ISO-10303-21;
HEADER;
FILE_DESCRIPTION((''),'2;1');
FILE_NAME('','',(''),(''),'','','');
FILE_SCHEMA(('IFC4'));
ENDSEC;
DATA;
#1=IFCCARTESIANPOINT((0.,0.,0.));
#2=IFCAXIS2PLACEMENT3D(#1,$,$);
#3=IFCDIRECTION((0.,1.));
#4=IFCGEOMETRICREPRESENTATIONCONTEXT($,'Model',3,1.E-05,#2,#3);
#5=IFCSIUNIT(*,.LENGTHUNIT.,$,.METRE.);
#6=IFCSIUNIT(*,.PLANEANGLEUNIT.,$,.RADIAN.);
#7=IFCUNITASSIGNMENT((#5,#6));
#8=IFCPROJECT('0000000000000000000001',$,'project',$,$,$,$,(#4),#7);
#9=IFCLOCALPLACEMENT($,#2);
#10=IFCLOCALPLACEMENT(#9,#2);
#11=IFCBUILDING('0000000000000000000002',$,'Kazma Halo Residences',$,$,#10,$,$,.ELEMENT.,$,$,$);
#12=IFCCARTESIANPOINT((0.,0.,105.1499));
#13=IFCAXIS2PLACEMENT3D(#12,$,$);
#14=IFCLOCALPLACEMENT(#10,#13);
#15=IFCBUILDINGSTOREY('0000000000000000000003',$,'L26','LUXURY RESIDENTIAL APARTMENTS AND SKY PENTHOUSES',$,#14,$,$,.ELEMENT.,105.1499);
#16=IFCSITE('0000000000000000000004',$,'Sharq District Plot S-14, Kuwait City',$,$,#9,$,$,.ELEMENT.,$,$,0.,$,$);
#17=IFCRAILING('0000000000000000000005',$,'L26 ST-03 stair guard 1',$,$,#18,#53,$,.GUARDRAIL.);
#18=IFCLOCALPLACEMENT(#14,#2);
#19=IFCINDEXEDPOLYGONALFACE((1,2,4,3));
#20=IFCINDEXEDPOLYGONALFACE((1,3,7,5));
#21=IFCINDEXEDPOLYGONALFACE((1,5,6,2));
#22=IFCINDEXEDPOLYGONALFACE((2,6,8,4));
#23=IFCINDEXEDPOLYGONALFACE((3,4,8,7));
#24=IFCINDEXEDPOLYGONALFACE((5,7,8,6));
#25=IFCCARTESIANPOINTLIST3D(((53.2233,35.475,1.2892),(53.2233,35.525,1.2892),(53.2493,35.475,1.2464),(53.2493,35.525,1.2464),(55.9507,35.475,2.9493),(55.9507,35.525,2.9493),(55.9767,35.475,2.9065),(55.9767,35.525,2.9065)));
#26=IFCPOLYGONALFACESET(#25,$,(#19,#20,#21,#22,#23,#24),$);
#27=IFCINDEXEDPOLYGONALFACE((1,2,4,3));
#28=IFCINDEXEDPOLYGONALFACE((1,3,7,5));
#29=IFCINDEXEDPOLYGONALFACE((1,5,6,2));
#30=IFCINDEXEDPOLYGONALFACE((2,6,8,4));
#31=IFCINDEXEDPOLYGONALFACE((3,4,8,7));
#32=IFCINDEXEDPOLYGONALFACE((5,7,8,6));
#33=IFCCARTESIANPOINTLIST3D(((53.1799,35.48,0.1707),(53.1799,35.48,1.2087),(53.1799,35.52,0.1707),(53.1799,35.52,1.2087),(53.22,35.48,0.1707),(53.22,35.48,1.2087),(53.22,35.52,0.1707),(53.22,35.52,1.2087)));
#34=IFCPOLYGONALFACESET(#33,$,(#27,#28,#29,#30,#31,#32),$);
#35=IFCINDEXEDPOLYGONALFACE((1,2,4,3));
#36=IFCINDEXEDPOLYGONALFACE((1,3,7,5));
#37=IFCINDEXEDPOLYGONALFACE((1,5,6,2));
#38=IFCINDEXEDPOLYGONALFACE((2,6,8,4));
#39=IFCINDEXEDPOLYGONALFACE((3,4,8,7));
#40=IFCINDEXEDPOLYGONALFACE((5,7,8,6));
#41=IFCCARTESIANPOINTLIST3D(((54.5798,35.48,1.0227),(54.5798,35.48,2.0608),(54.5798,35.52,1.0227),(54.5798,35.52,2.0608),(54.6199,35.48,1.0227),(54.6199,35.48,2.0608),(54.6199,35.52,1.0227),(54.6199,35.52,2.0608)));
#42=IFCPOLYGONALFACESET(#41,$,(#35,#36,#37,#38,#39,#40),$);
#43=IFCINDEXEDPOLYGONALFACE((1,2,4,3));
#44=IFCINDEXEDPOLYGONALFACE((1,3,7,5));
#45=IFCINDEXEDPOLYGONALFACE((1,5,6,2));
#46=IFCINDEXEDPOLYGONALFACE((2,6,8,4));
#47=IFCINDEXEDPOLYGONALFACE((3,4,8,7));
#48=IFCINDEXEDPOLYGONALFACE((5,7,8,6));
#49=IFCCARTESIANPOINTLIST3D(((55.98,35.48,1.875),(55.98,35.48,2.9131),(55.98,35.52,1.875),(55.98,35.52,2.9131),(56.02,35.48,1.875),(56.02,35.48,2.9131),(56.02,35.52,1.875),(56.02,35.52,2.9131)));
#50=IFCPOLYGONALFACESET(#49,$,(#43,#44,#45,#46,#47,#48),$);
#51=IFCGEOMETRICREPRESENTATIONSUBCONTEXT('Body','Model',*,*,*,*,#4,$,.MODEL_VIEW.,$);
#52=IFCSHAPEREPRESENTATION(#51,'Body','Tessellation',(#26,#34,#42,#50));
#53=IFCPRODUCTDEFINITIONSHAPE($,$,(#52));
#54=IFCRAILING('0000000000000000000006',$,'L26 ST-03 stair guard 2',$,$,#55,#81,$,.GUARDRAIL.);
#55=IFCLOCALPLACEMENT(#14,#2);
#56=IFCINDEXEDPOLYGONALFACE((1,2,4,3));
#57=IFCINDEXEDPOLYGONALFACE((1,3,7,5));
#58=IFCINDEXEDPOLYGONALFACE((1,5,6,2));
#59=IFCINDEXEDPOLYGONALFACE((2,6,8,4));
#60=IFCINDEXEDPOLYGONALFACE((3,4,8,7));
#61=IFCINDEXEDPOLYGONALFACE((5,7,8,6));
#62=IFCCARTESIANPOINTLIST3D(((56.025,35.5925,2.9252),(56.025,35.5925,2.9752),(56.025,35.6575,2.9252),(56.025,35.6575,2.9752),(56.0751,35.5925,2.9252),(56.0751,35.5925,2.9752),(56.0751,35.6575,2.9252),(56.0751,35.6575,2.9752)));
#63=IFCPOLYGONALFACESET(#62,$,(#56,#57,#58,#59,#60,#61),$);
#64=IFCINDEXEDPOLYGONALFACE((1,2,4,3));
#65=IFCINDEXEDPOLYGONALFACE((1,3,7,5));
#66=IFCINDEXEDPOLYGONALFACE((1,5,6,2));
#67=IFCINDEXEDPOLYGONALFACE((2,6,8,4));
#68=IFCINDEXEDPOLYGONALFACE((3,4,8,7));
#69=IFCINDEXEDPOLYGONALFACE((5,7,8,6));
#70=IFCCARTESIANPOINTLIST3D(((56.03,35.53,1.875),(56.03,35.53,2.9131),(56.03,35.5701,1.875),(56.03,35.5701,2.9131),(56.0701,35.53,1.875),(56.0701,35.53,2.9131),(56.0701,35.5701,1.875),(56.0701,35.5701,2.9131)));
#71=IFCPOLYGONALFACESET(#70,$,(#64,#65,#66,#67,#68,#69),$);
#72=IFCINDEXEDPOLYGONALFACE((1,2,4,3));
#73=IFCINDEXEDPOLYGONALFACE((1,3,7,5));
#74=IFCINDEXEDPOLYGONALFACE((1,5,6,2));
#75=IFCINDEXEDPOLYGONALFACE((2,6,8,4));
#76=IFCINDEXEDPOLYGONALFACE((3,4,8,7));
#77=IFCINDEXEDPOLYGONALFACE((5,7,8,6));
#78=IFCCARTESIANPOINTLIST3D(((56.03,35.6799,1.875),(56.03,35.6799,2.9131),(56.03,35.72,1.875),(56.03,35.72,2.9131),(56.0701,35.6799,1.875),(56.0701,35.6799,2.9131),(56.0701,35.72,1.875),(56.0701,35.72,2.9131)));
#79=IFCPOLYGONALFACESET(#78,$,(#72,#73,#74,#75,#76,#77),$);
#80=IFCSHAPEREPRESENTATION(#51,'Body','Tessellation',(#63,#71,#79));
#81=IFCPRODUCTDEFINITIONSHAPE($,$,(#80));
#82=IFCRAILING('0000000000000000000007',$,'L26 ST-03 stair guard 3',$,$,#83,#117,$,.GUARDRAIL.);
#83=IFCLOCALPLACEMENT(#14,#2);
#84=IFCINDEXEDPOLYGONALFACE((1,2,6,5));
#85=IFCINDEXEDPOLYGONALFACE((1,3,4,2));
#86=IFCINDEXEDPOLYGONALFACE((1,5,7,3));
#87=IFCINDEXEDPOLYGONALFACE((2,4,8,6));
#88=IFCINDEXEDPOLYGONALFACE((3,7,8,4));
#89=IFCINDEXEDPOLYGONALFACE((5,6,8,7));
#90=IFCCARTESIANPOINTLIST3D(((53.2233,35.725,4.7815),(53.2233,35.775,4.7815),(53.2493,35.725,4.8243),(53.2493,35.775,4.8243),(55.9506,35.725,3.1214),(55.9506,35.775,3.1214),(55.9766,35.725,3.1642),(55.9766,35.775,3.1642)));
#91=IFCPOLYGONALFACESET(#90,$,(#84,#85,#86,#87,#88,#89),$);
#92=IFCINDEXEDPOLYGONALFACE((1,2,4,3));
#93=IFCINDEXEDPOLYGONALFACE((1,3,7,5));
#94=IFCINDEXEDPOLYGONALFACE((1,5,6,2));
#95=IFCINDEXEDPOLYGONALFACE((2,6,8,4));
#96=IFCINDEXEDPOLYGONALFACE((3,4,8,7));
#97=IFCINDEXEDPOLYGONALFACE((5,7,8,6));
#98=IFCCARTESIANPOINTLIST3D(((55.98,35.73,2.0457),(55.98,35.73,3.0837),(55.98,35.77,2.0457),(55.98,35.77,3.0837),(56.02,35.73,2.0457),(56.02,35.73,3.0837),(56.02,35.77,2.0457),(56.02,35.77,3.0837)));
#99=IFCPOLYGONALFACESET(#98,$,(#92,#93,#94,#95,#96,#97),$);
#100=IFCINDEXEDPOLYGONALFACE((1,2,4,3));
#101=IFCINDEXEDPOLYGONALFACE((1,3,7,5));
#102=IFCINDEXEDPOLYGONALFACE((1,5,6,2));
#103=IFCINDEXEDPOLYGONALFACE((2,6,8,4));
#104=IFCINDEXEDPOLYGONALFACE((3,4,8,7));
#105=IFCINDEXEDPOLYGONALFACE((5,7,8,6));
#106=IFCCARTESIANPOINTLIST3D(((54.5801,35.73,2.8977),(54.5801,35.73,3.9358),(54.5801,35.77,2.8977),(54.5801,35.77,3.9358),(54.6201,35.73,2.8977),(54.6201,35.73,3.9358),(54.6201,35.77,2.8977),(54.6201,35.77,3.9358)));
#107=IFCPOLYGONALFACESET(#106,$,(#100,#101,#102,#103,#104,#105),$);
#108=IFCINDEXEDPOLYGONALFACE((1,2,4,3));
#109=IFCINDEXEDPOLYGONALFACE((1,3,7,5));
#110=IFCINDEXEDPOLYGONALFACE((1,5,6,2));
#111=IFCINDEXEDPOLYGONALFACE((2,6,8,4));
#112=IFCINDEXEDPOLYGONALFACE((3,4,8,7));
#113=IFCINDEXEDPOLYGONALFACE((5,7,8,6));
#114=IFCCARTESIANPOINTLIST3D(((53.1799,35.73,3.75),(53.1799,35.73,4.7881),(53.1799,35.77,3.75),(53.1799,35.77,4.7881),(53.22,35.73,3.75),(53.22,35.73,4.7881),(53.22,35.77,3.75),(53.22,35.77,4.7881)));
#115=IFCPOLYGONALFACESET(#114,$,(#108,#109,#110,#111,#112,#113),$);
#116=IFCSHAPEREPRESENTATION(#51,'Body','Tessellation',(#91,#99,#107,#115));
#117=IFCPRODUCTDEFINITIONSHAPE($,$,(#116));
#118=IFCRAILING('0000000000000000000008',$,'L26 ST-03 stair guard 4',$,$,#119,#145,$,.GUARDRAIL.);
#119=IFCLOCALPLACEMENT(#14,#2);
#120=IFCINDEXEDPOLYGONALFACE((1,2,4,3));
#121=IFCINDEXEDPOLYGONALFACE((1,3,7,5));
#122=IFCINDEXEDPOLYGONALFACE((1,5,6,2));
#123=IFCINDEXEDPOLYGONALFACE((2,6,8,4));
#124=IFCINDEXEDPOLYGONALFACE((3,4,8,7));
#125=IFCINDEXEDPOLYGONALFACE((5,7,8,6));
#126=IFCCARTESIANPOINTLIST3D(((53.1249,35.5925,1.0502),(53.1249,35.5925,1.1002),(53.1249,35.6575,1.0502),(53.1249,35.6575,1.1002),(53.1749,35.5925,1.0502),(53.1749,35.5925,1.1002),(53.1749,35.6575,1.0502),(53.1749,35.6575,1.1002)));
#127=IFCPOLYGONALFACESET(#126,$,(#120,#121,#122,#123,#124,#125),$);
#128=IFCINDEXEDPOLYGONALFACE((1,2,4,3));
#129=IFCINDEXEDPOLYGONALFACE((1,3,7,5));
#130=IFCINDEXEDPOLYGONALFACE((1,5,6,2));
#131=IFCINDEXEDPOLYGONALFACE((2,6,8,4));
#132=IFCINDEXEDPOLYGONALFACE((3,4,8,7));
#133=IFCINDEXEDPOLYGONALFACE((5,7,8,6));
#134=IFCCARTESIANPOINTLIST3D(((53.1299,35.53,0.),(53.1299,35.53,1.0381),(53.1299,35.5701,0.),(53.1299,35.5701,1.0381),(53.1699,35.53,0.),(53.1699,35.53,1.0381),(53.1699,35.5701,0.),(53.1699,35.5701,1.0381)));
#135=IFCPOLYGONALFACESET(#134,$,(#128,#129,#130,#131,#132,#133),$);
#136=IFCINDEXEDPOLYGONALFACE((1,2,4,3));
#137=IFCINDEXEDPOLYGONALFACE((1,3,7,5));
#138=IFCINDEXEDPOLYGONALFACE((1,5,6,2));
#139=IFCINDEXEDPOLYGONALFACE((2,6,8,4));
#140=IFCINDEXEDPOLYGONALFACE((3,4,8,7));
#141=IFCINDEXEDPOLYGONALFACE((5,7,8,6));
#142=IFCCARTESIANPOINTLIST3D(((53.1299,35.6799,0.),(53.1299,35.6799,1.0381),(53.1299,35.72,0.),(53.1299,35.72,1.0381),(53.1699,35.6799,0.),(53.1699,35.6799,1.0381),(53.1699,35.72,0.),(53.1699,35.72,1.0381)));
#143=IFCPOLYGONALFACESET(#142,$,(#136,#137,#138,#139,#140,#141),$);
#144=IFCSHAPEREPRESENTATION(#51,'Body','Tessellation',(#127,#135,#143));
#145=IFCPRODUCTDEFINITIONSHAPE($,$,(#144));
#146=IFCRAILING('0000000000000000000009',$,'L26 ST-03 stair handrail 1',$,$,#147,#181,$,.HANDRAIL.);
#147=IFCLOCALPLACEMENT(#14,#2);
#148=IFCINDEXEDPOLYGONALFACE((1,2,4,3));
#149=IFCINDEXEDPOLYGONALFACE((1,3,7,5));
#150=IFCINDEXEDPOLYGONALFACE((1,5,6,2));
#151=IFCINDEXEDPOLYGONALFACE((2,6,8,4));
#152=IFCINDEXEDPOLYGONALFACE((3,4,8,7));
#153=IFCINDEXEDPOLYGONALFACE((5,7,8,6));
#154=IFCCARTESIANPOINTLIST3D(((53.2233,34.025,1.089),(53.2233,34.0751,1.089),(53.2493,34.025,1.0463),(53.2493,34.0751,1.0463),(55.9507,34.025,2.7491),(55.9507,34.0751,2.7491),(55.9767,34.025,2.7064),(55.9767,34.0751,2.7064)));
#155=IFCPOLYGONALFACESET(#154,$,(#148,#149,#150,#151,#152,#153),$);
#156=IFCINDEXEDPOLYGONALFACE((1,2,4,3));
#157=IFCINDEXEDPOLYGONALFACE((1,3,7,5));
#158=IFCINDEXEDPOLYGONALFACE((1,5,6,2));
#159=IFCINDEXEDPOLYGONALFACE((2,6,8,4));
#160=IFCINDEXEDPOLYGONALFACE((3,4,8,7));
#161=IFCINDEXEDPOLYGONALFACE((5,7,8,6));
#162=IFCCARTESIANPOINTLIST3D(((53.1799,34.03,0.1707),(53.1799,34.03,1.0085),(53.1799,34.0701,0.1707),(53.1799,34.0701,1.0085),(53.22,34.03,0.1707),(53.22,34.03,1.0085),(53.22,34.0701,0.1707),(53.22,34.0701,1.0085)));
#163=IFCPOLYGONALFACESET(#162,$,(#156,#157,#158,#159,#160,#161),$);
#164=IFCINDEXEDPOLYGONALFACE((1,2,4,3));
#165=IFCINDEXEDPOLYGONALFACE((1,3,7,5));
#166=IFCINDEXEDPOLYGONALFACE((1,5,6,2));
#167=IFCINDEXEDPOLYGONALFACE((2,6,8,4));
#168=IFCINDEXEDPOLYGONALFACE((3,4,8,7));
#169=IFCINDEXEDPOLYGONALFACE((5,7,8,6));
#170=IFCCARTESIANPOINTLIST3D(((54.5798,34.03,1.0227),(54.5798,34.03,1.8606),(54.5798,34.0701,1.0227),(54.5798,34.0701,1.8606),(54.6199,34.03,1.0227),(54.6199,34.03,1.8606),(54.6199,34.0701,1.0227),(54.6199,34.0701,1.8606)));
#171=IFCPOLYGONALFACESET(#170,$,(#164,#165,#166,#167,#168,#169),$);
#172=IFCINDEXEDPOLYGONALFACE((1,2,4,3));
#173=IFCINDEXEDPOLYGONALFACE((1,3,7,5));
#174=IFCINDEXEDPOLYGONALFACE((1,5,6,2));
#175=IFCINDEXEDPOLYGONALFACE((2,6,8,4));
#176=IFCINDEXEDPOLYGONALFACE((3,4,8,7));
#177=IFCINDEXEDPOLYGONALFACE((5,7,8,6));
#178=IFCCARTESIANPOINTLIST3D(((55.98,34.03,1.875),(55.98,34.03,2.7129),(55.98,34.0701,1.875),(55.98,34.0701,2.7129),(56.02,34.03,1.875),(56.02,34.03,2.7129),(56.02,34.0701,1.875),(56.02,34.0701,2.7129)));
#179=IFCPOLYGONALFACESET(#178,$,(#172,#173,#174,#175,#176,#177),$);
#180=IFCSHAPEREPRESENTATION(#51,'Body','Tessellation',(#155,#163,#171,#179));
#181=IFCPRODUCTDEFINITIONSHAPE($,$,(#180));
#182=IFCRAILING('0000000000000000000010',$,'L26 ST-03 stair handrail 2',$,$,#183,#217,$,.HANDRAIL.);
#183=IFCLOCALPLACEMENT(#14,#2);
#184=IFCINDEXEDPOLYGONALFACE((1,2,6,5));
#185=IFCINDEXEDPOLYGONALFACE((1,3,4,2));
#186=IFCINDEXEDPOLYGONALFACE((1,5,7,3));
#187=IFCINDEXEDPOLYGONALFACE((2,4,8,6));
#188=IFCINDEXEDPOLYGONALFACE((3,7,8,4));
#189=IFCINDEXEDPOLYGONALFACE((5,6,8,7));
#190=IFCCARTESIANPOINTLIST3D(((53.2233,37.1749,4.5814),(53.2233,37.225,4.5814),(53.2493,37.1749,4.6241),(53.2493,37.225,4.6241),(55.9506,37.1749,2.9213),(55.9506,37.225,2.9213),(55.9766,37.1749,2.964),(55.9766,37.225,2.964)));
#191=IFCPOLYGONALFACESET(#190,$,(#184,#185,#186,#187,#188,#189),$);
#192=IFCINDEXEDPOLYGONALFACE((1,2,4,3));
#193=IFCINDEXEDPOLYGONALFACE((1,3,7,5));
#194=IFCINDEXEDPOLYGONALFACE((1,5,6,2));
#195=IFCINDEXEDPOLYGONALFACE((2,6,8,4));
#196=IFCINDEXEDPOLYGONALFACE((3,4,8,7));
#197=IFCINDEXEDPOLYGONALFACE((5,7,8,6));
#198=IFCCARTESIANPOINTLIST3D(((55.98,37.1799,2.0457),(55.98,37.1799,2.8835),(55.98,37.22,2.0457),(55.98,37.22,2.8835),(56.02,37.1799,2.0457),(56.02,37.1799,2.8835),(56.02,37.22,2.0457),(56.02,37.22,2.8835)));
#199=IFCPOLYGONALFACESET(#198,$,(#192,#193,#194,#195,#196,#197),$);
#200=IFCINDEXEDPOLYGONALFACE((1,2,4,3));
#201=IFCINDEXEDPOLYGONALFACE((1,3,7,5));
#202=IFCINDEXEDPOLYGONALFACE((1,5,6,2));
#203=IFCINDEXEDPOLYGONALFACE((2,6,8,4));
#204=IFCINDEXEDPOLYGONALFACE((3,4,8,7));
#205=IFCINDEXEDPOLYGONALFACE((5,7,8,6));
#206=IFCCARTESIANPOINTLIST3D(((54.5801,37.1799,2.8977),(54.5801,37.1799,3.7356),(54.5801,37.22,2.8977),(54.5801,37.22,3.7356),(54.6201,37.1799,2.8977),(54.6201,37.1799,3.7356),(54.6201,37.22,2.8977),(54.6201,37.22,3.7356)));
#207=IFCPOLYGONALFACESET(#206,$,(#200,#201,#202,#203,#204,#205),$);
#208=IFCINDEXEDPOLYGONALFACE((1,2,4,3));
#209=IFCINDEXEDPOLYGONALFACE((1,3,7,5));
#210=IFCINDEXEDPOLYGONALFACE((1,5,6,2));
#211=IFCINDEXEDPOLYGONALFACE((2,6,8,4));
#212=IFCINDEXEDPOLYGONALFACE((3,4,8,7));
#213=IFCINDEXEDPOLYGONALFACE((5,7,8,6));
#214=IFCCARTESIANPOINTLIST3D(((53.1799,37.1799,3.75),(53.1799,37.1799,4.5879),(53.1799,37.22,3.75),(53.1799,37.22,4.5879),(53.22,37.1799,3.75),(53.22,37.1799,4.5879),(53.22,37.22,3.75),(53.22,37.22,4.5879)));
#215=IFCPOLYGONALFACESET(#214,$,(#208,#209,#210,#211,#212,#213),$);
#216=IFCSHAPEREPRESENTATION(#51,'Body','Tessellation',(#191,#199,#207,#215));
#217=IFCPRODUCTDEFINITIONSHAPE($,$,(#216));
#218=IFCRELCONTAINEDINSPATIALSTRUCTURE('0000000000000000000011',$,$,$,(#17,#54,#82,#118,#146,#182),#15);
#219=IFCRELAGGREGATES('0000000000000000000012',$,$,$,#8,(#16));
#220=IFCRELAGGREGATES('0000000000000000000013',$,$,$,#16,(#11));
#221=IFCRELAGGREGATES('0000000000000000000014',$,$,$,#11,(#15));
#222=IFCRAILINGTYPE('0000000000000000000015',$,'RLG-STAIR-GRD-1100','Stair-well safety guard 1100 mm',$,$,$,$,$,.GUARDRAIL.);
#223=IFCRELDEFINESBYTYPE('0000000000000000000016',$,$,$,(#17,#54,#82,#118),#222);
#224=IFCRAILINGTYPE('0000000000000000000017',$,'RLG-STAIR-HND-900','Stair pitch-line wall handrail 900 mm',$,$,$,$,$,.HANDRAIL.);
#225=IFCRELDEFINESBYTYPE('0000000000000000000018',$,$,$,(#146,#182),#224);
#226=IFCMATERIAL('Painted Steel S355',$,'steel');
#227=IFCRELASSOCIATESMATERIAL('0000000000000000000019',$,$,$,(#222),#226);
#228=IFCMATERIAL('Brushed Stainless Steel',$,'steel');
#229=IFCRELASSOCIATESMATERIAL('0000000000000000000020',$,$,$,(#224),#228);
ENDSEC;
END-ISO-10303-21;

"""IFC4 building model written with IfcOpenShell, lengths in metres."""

from ifc_helpers import new_model, si_unit, direction, frame, origin, origin_2d, place, context, subcontext, project, spatial, rectangle, extrude, material, type_object, element, save


model = new_model("IFC4")

# Units and contexts
model_context = context("Model", 3, precision=1e-05, world=origin(), true_north=direction((0.0, 1.0)))
body_context = subcontext(model_context, "Body", "Model", "MODEL_VIEW")
ifc_project = project(units=[si_unit("LENGTHUNIT", "METRE"), si_unit("PLANEANGLEUNIT", "RADIAN")], contexts=[model_context])

# Site, building, storey
site_placement = place(None, origin())
site = spatial("IfcSite", under=ifc_project, at=site_placement, Name="Sharq District Plot S-14, Kuwait City", CompositionType="ELEMENT", RefElevation=0.0)
building_placement = place(site_placement, origin())
building = spatial("IfcBuilding", under=site, at=building_placement, Name="Kazma Halo Residences", CompositionType="ELEMENT")
storey_placement = place(building_placement, frame((0.0, 0.0, 105.1499)))
storey = spatial("IfcBuildingStorey", under=building, at=storey_placement, Name="L26", Description="LUXURY RESIDENTIAL APARTMENTS AND SKY PENTHOUSES", CompositionType="ELEMENT", Elevation=105.1499)

# Railings
ifc_material_1 = material(Name="Painted Steel S355", Category="steel")
railing_type_1 = type_object("IfcRailingType", Name="RLG-STAIR-GRD-1100", Description="Stair-well safety guard 1100 mm", PredefinedType="GUARDRAIL", material=ifc_material_1)
railing_1_placement = place(storey_placement, frame((53.2, 35.5, 0.1707)))
element("IfcRailing", 1, at=railing_1_placement, inside=storey, type_object=railing_type_1, Name="L26 ST-03 stair guard 1", PredefinedType="GUARDRAIL", context=body_context, shape_type="SweptSolid", body=[
    extrude(rectangle(XDim=0.05, YDim=0.05, at=origin_2d()), frame((0.0364, 0.0, 1.0972), z_axis=(0.854203, 0.0, 0.51994), x_axis=(0.0, 1.0, 0.0)), (0.0, 0.0, 1.0), 3.1929),
    extrude(rectangle(XDim=0.04, YDim=0.04, at=origin_2d()), origin(), (0.0, 0.0, 1.0), 1.0381),
    extrude(rectangle(XDim=0.04, YDim=0.04, at=origin_2d()), frame((1.3999, 0.0, 0.8521)), (0.0, 0.0, 1.0), 1.0381),
    extrude(rectangle(XDim=0.04, YDim=0.04, at=origin_2d()), frame((2.8, 0.0, 1.7043)), (0.0, 0.0, 1.0), 1.0381),
])
railing_2_placement = place(storey_placement, frame((56.05, 35.55, 1.875)))
element("IfcRailing", 2, at=railing_2_placement, inside=storey, type_object=railing_type_1, Name="L26 ST-03 stair guard 2", PredefinedType="GUARDRAIL", context=body_context, shape_type="SweptSolid", body=[
    extrude(rectangle(XDim=0.05, YDim=0.05, at=origin_2d()), frame((0.0, 0.0425, 1.0752), z_axis=(0.0, 1.0, 0.0), x_axis=(-1.0, 0.0, 0.0)), (0.0, 0.0, 1.0), 0.0649),
    extrude(rectangle(XDim=0.04, YDim=0.04, at=origin_2d()), origin(), (0.0, 0.0, 1.0), 1.0381),
    extrude(rectangle(XDim=0.04, YDim=0.04, at=origin_2d()), frame((0.0, 0.1499, 0.0)), (0.0, 0.0, 1.0), 1.0381),
])
railing_3_placement = place(storey_placement, frame((56.0, 35.75, 2.0457)))
element("IfcRailing", 3, at=railing_3_placement, inside=storey, type_object=railing_type_1, Name="L26 ST-03 stair guard 3", PredefinedType="GUARDRAIL", context=body_context, shape_type="SweptSolid", body=[
    extrude(rectangle(XDim=0.05, YDim=0.05, at=origin_2d()), frame((-0.0364, 0.0, 1.0972), z_axis=(-0.854203, 0.0, 0.51994), x_axis=(0.0, -1.0, 0.0)), (0.0, 0.0, 1.0), 3.1929),
    extrude(rectangle(XDim=0.04, YDim=0.04, at=origin_2d()), origin(), (0.0, 0.0, 1.0), 1.0381),
    extrude(rectangle(XDim=0.04, YDim=0.04, at=origin_2d()), frame((-1.3999, 0.0, 0.8521)), (0.0, 0.0, 1.0), 1.0381),
    extrude(rectangle(XDim=0.04, YDim=0.04, at=origin_2d()), frame((-2.8, 0.0, 1.7043)), (0.0, 0.0, 1.0), 1.0381),
])
railing_4_placement = place(storey_placement, frame((53.1499, 35.55, 0.0)))
element("IfcRailing", 4, at=railing_4_placement, inside=storey, type_object=railing_type_1, Name="L26 ST-03 stair guard 4", PredefinedType="GUARDRAIL", context=body_context, shape_type="SweptSolid", body=[
    extrude(rectangle(XDim=0.05, YDim=0.05, at=origin_2d()), frame((0.0, 0.0425, 1.0752), z_axis=(0.0, 1.0, 0.0), x_axis=(-1.0, 0.0, 0.0)), (0.0, 0.0, 1.0), 0.0649),
    extrude(rectangle(XDim=0.04, YDim=0.04, at=origin_2d()), origin(), (0.0, 0.0, 1.0), 1.0381),
    extrude(rectangle(XDim=0.04, YDim=0.04, at=origin_2d()), frame((0.0, 0.1499, 0.0)), (0.0, 0.0, 1.0), 1.0381),
])
ifc_material_2 = material(Name="Brushed Stainless Steel", Category="steel")
railing_type_2 = type_object("IfcRailingType", Name="RLG-STAIR-HND-900", Description="Stair pitch-line wall handrail 900 mm", PredefinedType="HANDRAIL", material=ifc_material_2)
railing_5_placement = place(storey_placement, frame((53.2, 34.05, 0.1707)))
element("IfcRailing", 5, at=railing_5_placement, inside=storey, type_object=railing_type_2, Name="L26 ST-03 stair handrail 1", PredefinedType="HANDRAIL", context=body_context, shape_type="SweptSolid", body=[
    extrude(rectangle(XDim=0.05, YDim=0.05, at=origin_2d()), frame((0.0364, 0.0, 0.897), z_axis=(0.854203, 0.0, 0.51994), x_axis=(0.0, 1.0, 0.0)), (0.0, 0.0, 1.0), 3.1929),
    extrude(rectangle(XDim=0.04, YDim=0.04, at=origin_2d()), origin(), (0.0, 0.0, 1.0), 0.8379),
    extrude(rectangle(XDim=0.04, YDim=0.04, at=origin_2d()), frame((1.3999, 0.0, 0.8521)), (0.0, 0.0, 1.0), 0.8379),
    extrude(rectangle(XDim=0.04, YDim=0.04, at=origin_2d()), frame((2.8, 0.0, 1.7043)), (0.0, 0.0, 1.0), 0.8379),
])
railing_6_placement = place(storey_placement, frame((56.0, 37.2, 2.0457)))
element("IfcRailing", 6, at=railing_6_placement, inside=storey, type_object=railing_type_2, Name="L26 ST-03 stair handrail 2", PredefinedType="HANDRAIL", context=body_context, shape_type="SweptSolid", body=[
    extrude(rectangle(XDim=0.05, YDim=0.05, at=origin_2d()), frame((-0.0364, 0.0, 0.897), z_axis=(-0.854203, 0.0, 0.51994), x_axis=(0.0, -1.0, 0.0)), (0.0, 0.0, 1.0), 3.1929),
    extrude(rectangle(XDim=0.04, YDim=0.04, at=origin_2d()), origin(), (0.0, 0.0, 1.0), 0.8379),
    extrude(rectangle(XDim=0.04, YDim=0.04, at=origin_2d()), frame((-1.3999, 0.0, 0.8521)), (0.0, 0.0, 1.0), 0.8379),
    extrude(rectangle(XDim=0.04, YDim=0.04, at=origin_2d()), frame((-2.8, 0.0, 1.7043)), (0.0, 0.0, 1.0), 0.8379),
])

save(model, "model.ifc")
